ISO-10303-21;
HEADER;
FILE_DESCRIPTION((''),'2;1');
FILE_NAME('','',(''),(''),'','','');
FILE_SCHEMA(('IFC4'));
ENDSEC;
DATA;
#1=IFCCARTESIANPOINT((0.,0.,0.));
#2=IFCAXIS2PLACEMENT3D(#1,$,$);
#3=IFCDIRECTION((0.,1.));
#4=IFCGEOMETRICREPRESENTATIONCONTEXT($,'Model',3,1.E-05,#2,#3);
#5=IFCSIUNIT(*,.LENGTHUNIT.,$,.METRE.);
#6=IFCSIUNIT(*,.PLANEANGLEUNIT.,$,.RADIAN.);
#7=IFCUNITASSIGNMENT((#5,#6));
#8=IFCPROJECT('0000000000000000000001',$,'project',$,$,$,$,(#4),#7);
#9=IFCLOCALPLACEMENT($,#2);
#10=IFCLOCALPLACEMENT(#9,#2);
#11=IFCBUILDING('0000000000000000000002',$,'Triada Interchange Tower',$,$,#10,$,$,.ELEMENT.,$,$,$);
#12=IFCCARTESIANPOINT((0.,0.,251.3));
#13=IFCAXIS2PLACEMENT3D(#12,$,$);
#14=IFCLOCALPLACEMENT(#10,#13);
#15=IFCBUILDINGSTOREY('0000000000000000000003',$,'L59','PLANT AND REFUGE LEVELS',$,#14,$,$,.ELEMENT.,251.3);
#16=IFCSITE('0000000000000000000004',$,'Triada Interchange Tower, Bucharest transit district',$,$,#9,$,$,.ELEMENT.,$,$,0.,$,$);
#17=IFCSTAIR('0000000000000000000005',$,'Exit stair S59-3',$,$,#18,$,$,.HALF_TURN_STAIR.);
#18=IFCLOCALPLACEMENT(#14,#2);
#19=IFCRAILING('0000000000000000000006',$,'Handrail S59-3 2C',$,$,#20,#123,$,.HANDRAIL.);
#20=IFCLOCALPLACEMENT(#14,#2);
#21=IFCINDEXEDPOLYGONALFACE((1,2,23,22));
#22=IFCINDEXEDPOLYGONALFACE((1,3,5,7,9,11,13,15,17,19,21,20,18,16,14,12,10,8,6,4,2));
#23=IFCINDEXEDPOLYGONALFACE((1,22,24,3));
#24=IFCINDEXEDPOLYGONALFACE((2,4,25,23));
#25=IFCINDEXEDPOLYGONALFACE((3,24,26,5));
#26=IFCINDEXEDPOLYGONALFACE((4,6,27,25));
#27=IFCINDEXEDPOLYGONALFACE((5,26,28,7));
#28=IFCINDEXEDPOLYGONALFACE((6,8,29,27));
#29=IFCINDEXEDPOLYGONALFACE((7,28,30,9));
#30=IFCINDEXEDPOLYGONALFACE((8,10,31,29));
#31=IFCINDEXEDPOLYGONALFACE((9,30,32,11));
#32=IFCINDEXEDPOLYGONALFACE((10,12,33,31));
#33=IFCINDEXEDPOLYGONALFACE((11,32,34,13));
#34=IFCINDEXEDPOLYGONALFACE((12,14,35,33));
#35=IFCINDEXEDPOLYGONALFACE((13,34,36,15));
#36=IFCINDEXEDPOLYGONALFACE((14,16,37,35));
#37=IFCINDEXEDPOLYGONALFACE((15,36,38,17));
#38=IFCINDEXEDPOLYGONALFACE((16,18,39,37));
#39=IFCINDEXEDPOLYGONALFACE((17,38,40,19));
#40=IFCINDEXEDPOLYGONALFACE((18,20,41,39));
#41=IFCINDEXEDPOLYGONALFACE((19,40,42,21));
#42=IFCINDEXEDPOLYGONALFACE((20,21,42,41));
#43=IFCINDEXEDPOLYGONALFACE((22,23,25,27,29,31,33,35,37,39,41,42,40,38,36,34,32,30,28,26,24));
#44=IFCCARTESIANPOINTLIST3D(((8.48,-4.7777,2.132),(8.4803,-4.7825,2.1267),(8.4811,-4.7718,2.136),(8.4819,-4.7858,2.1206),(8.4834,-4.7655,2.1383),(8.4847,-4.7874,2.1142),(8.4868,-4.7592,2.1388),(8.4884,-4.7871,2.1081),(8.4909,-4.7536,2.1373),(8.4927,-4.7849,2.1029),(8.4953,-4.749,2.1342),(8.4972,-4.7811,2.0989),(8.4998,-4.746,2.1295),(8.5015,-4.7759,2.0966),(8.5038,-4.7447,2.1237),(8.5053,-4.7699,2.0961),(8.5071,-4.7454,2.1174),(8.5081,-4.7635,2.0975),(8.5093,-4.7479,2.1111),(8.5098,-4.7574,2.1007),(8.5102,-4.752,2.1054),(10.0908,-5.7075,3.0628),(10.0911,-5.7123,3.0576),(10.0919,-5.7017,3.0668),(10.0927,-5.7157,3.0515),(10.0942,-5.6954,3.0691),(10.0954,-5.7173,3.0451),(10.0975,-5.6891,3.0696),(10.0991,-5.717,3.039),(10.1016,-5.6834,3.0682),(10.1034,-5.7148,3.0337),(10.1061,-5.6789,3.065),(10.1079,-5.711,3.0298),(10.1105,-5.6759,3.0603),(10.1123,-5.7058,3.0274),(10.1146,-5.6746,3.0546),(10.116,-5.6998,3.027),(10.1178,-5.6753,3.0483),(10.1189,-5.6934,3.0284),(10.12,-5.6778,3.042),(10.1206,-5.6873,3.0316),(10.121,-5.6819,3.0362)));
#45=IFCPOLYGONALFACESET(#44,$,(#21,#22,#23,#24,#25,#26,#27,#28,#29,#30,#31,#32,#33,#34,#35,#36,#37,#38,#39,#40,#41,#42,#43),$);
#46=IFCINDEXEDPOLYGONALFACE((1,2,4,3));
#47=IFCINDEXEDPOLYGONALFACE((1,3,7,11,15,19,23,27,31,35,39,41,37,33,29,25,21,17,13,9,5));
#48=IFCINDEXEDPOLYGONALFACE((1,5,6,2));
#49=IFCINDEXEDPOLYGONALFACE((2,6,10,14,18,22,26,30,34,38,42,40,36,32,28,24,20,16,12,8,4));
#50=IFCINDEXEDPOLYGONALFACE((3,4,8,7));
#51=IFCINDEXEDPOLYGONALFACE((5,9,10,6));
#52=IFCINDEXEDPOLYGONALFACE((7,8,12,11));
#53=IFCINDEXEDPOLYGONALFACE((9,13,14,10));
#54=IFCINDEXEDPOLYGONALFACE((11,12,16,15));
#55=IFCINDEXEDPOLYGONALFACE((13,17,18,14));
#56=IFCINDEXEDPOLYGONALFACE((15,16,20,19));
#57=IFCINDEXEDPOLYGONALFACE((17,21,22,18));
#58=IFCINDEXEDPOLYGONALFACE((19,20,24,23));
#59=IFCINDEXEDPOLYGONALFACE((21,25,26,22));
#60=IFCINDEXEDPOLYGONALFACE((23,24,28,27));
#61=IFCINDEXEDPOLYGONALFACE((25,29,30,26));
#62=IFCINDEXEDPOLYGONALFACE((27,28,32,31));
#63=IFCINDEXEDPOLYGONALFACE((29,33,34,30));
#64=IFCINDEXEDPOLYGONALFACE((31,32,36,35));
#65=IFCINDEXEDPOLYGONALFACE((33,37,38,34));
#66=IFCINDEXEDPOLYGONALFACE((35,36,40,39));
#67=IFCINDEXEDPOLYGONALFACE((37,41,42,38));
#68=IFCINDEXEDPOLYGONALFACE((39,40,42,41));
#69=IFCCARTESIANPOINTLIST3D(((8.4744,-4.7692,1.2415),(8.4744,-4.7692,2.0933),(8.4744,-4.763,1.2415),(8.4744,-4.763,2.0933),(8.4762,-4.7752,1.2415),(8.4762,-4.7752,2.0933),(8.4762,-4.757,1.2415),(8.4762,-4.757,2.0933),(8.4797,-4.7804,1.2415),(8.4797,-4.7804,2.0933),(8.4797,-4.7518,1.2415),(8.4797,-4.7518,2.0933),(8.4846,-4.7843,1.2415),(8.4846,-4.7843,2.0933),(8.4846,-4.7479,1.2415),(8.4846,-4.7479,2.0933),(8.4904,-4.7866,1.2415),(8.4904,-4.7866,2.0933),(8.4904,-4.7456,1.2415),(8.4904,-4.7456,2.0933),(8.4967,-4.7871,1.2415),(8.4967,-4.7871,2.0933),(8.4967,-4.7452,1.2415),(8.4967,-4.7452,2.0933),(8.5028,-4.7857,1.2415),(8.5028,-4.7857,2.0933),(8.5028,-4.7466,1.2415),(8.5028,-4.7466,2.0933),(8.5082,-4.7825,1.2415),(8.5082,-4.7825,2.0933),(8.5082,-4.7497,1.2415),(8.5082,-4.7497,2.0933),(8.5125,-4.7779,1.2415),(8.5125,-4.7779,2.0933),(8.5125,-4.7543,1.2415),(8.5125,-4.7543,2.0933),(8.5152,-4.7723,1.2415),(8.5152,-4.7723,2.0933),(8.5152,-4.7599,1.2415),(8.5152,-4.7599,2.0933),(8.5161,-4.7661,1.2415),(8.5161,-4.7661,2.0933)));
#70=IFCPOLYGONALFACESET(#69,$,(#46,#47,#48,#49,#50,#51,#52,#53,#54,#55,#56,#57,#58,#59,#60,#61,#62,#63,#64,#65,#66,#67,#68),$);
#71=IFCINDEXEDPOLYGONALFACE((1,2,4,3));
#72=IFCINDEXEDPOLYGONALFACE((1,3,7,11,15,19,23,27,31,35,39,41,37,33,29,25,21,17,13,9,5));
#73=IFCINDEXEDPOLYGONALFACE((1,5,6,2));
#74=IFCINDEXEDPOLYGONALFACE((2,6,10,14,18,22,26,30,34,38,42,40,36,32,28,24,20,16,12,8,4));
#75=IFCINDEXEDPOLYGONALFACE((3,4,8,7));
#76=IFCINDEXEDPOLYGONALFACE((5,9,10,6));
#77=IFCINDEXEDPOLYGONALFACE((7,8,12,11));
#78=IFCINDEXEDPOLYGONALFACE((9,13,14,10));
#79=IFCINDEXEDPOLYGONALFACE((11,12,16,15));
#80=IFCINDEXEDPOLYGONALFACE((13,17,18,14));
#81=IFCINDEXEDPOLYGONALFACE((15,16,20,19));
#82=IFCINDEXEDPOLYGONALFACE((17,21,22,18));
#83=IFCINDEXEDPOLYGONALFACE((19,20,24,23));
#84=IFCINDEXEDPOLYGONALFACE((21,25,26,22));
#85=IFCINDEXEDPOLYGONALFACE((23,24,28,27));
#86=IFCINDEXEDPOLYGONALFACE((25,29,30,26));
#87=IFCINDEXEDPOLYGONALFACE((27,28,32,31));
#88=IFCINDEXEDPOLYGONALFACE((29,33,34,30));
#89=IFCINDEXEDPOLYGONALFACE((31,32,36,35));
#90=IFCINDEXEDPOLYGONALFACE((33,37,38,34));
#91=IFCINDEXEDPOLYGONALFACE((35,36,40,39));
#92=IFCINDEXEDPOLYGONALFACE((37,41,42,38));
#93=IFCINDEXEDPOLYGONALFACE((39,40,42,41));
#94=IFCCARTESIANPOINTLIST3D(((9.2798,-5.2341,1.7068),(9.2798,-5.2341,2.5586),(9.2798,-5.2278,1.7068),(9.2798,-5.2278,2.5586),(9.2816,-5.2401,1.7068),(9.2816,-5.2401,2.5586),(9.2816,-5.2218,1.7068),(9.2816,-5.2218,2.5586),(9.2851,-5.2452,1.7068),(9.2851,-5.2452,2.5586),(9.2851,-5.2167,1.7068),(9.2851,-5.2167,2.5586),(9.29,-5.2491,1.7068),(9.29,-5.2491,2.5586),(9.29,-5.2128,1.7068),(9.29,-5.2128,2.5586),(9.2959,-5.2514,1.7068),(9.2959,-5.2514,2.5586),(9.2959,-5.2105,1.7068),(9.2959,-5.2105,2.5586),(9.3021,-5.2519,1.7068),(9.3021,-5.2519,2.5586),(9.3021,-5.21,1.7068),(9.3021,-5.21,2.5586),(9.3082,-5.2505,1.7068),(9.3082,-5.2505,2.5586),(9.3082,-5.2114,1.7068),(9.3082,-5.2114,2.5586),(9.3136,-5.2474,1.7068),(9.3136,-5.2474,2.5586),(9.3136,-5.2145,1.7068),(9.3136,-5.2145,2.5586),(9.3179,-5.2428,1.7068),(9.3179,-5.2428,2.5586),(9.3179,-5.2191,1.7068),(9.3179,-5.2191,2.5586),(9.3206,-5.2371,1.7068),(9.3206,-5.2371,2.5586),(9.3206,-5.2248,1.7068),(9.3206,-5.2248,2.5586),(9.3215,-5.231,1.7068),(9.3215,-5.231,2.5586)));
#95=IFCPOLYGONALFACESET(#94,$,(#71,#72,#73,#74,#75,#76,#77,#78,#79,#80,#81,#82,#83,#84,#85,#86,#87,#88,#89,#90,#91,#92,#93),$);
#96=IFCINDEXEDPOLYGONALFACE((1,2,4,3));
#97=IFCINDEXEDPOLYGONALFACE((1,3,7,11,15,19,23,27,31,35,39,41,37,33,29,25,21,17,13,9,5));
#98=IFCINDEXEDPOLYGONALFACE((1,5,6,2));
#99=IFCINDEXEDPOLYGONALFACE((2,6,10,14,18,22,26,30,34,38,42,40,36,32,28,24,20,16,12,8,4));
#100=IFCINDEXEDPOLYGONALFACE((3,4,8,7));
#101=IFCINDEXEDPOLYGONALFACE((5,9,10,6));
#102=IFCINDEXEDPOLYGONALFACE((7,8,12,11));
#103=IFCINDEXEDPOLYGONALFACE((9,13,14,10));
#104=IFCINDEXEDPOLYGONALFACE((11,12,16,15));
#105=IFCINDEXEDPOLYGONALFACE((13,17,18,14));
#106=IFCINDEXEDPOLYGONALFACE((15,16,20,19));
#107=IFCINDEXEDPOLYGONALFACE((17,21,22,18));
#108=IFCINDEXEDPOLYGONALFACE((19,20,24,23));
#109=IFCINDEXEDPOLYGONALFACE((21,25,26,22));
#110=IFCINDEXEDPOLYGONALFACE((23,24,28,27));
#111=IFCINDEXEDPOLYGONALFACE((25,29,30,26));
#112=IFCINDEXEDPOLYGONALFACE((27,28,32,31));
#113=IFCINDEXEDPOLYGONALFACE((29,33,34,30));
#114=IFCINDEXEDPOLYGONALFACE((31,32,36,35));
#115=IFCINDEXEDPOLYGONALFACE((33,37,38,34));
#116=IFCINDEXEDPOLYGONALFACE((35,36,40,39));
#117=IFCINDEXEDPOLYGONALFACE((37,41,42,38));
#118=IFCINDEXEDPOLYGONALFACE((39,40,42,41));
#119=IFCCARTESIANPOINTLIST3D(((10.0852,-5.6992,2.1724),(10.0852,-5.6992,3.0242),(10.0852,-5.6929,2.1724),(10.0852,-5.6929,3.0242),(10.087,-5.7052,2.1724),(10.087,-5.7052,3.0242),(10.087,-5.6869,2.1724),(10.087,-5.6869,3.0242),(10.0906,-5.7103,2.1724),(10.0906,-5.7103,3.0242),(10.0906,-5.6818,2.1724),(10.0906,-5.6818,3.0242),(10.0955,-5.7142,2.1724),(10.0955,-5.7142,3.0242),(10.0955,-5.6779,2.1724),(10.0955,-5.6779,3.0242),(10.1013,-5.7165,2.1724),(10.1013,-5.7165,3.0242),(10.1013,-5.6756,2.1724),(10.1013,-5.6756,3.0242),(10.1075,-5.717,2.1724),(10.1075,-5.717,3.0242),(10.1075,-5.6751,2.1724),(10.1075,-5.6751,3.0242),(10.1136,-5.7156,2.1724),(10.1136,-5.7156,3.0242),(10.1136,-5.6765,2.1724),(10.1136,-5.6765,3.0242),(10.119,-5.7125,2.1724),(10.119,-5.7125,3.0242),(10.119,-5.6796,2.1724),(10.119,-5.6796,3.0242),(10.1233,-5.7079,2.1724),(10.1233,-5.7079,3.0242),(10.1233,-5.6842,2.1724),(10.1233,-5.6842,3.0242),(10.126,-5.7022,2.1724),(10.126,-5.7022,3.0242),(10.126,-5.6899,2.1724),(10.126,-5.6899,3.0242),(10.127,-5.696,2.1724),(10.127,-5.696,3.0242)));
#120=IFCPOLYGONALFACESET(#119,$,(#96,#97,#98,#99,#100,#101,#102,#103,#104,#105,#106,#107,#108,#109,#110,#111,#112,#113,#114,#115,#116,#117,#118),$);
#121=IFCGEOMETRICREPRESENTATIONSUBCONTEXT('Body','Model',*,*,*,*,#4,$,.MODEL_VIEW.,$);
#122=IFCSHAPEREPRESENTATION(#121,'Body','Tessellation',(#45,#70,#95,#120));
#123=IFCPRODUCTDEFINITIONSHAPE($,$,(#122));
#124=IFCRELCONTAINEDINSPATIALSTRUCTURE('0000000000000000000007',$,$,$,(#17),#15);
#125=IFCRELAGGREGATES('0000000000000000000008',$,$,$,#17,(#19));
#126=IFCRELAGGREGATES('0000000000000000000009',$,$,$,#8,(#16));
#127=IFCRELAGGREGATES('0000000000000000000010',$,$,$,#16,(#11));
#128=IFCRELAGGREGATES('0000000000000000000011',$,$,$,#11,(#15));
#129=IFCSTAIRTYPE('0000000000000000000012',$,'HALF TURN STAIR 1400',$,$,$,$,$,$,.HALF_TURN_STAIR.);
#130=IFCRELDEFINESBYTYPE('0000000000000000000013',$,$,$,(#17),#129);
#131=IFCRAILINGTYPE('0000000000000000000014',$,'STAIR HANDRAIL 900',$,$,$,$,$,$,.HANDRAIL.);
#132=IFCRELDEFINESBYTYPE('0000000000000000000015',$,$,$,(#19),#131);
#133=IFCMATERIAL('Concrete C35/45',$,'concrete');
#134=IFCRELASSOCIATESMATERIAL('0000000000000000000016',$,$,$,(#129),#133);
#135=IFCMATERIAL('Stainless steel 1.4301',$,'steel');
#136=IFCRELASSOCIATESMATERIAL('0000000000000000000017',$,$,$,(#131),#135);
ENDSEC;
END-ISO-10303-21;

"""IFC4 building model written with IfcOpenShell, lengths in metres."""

from ifc_helpers import new_model, si_unit, direction, frame, origin, origin_2d, place, context, subcontext, project, spatial, circle, extrude, material, type_object, element, aggregate, save


model = new_model("IFC4")

# Units and contexts
model_context = context("Model", 3, precision=1e-05, world=origin(), true_north=direction((0.0, 1.0)))
body_context = subcontext(model_context, "Body", "Model", "MODEL_VIEW")
ifc_project = project(units=[si_unit("LENGTHUNIT", "METRE"), si_unit("PLANEANGLEUNIT", "RADIAN")], contexts=[model_context])

# Site, building, storey
site_placement = place(None, origin())
site = spatial("IfcSite", under=ifc_project, at=site_placement, Name="Triada Interchange Tower, Bucharest transit district", CompositionType="ELEMENT", RefElevation=0.0)
building_placement = place(site_placement, origin())
building = spatial("IfcBuilding", under=site, at=building_placement, Name="Triada Interchange Tower", CompositionType="ELEMENT")
storey_placement = place(building_placement, frame((0.0, 0.0, 251.3)))
storey = spatial("IfcBuildingStorey", under=building, at=storey_placement, Name="L59", Description="PLANT AND REFUGE LEVELS", CompositionType="ELEMENT", Elevation=251.3)

# Shared definitions
ifc_material_1 = material(Name="Concrete C35/45", Category="concrete")

# Stair, railing
stair_type = type_object("IfcStairType", Name="HALF TURN STAIR 1400", PredefinedType="HALF_TURN_STAIR", material=ifc_material_1)
stair_placement = place(storey_placement, origin())
stair = element("IfcStair", 1, at=stair_placement, inside=storey, type_object=stair_type, Name="Exit stair S59-3", PredefinedType="HALF_TURN_STAIR")
ifc_material_2 = material(Name="Stainless steel 1.4301", Category="steel")
railing_type = type_object("IfcRailingType", Name="STAIR HANDRAIL 900", PredefinedType="HANDRAIL", material=ifc_material_2)
railing_1_placement = place(storey_placement, frame((8.4951, -4.7661, 1.2415)))
railing_1 = element("IfcRailing", 2, at=railing_1_placement, type_object=railing_type, Name="Handrail S59-3 2C", PredefinedType="HANDRAIL", context=body_context, shape_type="SweptSolid", body=[
    extrude(circle(Radius=0.0239, at=origin_2d()), frame((0.0, 0.0, 0.876), z_axis=(0.774463, -0.447095, 0.447564), x_axis=(0.499965, 0.866046, 0.0)), (0.0, 0.0, 1.0), 2.0798),
    extrude(circle(Radius=0.021, at=origin_2d()), origin(), (0.0, 0.0, 1.0), 0.8518),
    extrude(circle(Radius=0.021, at=origin_2d()), frame((0.8054, -0.4648, 0.4653)), (0.0, 0.0, 1.0), 0.8518),
    extrude(circle(Radius=0.021, at=origin_2d()), frame((1.6108, -0.9299, 0.9309)), (0.0, 0.0, 1.0), 0.8518),
])
aggregate(stair, [railing_1])

save(model, "model.ifc")
